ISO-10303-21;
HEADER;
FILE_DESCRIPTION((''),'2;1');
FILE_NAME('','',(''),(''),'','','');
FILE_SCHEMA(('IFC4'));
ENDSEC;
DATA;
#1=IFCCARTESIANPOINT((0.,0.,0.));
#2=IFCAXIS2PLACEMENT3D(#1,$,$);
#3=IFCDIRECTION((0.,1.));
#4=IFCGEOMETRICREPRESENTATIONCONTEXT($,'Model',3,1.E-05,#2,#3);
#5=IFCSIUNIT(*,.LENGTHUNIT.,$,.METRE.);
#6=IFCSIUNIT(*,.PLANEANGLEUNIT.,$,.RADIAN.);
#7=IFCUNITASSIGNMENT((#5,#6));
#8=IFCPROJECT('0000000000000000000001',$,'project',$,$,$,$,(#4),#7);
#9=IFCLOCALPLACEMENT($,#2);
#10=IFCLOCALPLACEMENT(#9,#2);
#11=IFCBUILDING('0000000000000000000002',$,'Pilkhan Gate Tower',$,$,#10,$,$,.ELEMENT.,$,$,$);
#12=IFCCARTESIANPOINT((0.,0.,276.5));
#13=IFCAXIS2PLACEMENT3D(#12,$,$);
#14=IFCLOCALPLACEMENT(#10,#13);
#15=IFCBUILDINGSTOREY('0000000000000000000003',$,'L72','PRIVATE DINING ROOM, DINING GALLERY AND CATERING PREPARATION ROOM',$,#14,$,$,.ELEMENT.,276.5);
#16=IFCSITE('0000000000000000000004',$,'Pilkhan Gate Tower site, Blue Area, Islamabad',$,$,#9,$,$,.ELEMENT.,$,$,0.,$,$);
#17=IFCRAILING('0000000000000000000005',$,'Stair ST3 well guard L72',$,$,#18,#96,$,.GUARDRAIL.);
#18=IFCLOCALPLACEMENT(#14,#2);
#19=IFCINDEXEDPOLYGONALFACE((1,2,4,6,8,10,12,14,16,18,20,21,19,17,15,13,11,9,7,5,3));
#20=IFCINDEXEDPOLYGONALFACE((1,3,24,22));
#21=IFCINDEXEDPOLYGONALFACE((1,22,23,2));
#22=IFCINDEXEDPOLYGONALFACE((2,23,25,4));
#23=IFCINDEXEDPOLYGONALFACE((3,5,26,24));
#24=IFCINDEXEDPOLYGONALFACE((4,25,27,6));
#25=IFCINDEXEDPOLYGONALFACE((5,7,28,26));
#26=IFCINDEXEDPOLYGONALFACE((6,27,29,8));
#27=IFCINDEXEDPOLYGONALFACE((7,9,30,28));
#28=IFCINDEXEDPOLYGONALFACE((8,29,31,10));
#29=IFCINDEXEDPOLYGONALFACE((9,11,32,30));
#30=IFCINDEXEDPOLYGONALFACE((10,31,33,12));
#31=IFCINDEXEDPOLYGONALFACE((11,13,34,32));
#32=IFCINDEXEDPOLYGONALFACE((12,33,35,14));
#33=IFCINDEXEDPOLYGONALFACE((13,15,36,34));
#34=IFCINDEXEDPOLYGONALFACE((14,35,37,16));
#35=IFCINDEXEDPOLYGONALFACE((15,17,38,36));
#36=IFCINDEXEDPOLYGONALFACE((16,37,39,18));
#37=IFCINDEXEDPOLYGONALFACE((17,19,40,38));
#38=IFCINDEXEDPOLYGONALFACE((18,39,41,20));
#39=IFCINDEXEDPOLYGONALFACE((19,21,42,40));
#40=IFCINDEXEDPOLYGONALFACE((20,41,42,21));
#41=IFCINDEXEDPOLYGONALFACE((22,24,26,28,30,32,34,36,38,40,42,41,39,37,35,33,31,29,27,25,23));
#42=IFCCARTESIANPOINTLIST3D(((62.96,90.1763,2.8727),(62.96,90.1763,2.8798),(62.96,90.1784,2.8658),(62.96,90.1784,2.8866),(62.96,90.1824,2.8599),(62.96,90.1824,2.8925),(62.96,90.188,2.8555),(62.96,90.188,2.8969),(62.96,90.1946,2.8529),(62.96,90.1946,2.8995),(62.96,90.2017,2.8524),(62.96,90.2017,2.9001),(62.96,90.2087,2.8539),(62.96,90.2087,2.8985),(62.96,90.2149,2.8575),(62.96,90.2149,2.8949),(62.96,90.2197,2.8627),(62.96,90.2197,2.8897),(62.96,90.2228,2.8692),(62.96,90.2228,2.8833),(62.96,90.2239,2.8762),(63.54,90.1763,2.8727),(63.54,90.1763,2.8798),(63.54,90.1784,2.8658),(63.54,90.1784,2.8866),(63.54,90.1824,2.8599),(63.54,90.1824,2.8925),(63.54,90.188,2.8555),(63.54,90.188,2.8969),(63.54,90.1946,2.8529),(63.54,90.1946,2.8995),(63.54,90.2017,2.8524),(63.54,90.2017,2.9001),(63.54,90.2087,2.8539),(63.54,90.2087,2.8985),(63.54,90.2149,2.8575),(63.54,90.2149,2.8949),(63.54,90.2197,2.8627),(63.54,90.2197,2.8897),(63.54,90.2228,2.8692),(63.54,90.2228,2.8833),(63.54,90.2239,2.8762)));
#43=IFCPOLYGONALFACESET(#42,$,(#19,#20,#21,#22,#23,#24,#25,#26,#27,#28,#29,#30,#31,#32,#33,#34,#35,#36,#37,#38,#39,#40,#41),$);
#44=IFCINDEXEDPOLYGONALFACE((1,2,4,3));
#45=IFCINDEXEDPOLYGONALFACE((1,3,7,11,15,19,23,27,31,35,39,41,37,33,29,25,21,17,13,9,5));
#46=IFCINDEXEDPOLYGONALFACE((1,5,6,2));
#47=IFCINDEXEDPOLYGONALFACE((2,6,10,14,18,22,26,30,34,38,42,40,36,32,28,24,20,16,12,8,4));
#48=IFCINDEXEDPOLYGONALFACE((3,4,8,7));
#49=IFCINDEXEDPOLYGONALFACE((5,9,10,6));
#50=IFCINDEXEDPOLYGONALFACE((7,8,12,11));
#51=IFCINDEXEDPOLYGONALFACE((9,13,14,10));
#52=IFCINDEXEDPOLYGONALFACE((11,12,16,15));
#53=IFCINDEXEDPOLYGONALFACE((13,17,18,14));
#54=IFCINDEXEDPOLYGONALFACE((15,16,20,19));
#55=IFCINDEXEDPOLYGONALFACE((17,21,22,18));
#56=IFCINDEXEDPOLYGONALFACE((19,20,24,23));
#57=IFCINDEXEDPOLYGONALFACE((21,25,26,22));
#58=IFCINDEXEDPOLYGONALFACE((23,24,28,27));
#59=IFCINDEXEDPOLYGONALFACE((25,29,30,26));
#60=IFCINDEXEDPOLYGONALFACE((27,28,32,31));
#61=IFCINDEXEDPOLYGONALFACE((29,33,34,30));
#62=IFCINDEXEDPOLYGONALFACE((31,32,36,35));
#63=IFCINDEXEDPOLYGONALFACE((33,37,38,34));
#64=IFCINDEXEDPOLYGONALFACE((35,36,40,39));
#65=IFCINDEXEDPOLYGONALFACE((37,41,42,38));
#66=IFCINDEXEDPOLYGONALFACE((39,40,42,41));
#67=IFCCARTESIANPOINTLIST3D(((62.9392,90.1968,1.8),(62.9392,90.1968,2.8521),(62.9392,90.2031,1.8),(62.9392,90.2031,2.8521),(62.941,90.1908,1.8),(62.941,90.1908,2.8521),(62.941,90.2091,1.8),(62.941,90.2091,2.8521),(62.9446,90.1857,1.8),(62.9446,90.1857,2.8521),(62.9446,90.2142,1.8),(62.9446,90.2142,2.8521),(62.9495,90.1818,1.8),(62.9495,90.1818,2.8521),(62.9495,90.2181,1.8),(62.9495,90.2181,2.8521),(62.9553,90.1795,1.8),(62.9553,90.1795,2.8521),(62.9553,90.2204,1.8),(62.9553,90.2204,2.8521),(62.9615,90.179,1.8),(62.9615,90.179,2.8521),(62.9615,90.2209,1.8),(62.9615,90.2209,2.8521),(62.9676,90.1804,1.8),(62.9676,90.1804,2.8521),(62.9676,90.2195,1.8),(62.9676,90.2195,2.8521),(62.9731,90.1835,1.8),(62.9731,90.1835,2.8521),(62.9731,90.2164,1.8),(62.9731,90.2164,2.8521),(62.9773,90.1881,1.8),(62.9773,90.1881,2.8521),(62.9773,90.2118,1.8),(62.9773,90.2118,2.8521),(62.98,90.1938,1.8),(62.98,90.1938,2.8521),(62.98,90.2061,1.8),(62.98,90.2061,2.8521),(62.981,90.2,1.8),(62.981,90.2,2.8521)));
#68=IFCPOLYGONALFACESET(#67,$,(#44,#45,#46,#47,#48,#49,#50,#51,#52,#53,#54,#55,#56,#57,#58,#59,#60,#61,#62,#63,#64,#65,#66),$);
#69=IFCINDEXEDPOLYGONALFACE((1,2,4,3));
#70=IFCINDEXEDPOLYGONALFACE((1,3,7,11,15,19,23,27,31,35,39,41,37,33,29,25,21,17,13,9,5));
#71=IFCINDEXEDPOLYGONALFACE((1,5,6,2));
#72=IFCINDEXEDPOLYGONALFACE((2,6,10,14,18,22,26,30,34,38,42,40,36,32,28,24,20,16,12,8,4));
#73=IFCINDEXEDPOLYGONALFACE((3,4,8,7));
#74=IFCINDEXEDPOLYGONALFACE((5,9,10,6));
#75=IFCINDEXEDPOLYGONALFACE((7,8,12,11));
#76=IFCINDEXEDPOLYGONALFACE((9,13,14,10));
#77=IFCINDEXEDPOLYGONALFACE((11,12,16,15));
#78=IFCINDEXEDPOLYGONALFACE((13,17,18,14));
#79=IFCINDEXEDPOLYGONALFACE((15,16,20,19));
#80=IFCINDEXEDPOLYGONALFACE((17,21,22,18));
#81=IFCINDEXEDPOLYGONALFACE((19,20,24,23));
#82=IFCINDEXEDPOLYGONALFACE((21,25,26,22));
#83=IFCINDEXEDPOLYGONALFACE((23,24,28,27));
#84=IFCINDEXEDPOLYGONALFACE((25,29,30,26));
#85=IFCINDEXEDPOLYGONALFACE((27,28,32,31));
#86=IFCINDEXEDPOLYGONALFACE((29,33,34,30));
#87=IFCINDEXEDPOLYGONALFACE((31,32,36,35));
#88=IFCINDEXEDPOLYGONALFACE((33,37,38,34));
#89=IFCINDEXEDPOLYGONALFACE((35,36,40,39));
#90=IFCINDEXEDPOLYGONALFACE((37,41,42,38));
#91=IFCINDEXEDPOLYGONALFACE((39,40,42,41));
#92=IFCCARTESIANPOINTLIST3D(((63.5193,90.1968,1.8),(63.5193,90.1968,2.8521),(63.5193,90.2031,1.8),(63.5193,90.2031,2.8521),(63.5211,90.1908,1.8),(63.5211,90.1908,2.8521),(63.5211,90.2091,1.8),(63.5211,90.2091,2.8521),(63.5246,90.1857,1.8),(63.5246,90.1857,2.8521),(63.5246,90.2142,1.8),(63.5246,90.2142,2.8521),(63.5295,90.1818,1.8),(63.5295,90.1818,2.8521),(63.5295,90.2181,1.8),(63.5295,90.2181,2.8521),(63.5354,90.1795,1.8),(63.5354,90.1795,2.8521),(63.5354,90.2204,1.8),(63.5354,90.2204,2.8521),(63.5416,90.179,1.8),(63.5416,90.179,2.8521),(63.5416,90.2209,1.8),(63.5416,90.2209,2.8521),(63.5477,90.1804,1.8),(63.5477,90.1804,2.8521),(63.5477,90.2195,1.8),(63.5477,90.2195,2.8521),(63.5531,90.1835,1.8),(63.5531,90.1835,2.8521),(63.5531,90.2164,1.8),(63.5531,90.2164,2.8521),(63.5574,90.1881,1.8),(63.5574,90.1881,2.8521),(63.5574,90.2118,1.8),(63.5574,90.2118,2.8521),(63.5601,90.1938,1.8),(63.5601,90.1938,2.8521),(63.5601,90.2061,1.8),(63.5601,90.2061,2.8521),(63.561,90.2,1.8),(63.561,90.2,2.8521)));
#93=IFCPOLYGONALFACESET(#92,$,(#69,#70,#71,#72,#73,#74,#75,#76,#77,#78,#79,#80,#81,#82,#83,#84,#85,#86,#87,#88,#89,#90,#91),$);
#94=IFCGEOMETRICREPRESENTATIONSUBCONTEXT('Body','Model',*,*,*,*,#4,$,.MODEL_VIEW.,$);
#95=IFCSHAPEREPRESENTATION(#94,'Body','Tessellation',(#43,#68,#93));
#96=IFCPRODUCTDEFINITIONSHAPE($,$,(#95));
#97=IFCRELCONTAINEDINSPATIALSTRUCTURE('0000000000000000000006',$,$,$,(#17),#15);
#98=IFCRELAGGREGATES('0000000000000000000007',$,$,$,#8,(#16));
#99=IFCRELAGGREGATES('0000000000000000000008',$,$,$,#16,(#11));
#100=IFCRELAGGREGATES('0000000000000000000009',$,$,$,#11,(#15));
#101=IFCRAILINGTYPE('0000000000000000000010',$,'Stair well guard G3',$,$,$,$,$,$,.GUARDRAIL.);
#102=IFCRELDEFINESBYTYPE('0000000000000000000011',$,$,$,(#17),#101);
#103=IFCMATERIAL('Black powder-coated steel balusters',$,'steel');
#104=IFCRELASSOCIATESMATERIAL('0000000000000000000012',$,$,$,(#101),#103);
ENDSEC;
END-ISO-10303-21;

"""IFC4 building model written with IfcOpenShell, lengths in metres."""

from ifc_helpers import new_model, si_unit, direction, frame, origin, origin_2d, place, context, subcontext, project, spatial, circle, extrude, material, type_object, element, save


model = new_model("IFC4")

# Units and contexts
model_context = context("Model", 3, precision=1e-05, world=origin(), true_north=direction((0.0, 1.0)))
body_context = subcontext(model_context, "Body", "Model", "MODEL_VIEW")
ifc_project = project(units=[si_unit("LENGTHUNIT", "METRE"), si_unit("PLANEANGLEUNIT", "RADIAN")], contexts=[model_context])

# Site, building, storey
site_placement = place(None, origin())
site = spatial("IfcSite", under=ifc_project, at=site_placement, Name="Pilkhan Gate Tower site, Blue Area, Islamabad", CompositionType="ELEMENT", RefElevation=0.0)
building_placement = place(site_placement, origin())
building = spatial("IfcBuilding", under=site, at=building_placement, Name="Pilkhan Gate Tower", CompositionType="ELEMENT")
storey_placement = place(building_placement, frame((0.0, 0.0, 276.5)))
storey = spatial("IfcBuildingStorey", under=building, at=storey_placement, Name="L72", Description="PRIVATE DINING ROOM, DINING GALLERY AND CATERING PREPARATION ROOM", CompositionType="ELEMENT", Elevation=276.5)

# Railing
ifc_material_1 = material(Name="Black powder-coated steel balusters", Category="steel")
railing_type_1 = type_object("IfcRailingType", Name="Stair well guard G3", PredefinedType="GUARDRAIL", material=ifc_material_1)
for number, where, name in (
    (1, (62.96, 90.2, 1.8), "Stair ST3 well guard L72"),
):
    element("IfcRailing", number, at=place(storey_placement, frame(where)), inside=storey, type_object=railing_type_1, Name=name, PredefinedType="GUARDRAIL", context=body_context, shape_type="SweptSolid", body=[
        extrude(circle(Radius=0.0239, at=origin_2d()), frame((0.0, 0.0, 1.0762), z_axis=(1.0, 0.0, 0.0), x_axis=(0.0, 1.0, 0.0)), (0.0, 0.0, 1.0), 0.5801),
        extrude(circle(Radius=0.021, at=origin_2d()), origin(), (0.0, 0.0, 1.0), 1.052),
        extrude(circle(Radius=0.021, at=origin_2d()), frame((0.5801, 0.0, 0.0)), (0.0, 0.0, 1.0), 1.052),
    ])

save(model, "model.ifc")
